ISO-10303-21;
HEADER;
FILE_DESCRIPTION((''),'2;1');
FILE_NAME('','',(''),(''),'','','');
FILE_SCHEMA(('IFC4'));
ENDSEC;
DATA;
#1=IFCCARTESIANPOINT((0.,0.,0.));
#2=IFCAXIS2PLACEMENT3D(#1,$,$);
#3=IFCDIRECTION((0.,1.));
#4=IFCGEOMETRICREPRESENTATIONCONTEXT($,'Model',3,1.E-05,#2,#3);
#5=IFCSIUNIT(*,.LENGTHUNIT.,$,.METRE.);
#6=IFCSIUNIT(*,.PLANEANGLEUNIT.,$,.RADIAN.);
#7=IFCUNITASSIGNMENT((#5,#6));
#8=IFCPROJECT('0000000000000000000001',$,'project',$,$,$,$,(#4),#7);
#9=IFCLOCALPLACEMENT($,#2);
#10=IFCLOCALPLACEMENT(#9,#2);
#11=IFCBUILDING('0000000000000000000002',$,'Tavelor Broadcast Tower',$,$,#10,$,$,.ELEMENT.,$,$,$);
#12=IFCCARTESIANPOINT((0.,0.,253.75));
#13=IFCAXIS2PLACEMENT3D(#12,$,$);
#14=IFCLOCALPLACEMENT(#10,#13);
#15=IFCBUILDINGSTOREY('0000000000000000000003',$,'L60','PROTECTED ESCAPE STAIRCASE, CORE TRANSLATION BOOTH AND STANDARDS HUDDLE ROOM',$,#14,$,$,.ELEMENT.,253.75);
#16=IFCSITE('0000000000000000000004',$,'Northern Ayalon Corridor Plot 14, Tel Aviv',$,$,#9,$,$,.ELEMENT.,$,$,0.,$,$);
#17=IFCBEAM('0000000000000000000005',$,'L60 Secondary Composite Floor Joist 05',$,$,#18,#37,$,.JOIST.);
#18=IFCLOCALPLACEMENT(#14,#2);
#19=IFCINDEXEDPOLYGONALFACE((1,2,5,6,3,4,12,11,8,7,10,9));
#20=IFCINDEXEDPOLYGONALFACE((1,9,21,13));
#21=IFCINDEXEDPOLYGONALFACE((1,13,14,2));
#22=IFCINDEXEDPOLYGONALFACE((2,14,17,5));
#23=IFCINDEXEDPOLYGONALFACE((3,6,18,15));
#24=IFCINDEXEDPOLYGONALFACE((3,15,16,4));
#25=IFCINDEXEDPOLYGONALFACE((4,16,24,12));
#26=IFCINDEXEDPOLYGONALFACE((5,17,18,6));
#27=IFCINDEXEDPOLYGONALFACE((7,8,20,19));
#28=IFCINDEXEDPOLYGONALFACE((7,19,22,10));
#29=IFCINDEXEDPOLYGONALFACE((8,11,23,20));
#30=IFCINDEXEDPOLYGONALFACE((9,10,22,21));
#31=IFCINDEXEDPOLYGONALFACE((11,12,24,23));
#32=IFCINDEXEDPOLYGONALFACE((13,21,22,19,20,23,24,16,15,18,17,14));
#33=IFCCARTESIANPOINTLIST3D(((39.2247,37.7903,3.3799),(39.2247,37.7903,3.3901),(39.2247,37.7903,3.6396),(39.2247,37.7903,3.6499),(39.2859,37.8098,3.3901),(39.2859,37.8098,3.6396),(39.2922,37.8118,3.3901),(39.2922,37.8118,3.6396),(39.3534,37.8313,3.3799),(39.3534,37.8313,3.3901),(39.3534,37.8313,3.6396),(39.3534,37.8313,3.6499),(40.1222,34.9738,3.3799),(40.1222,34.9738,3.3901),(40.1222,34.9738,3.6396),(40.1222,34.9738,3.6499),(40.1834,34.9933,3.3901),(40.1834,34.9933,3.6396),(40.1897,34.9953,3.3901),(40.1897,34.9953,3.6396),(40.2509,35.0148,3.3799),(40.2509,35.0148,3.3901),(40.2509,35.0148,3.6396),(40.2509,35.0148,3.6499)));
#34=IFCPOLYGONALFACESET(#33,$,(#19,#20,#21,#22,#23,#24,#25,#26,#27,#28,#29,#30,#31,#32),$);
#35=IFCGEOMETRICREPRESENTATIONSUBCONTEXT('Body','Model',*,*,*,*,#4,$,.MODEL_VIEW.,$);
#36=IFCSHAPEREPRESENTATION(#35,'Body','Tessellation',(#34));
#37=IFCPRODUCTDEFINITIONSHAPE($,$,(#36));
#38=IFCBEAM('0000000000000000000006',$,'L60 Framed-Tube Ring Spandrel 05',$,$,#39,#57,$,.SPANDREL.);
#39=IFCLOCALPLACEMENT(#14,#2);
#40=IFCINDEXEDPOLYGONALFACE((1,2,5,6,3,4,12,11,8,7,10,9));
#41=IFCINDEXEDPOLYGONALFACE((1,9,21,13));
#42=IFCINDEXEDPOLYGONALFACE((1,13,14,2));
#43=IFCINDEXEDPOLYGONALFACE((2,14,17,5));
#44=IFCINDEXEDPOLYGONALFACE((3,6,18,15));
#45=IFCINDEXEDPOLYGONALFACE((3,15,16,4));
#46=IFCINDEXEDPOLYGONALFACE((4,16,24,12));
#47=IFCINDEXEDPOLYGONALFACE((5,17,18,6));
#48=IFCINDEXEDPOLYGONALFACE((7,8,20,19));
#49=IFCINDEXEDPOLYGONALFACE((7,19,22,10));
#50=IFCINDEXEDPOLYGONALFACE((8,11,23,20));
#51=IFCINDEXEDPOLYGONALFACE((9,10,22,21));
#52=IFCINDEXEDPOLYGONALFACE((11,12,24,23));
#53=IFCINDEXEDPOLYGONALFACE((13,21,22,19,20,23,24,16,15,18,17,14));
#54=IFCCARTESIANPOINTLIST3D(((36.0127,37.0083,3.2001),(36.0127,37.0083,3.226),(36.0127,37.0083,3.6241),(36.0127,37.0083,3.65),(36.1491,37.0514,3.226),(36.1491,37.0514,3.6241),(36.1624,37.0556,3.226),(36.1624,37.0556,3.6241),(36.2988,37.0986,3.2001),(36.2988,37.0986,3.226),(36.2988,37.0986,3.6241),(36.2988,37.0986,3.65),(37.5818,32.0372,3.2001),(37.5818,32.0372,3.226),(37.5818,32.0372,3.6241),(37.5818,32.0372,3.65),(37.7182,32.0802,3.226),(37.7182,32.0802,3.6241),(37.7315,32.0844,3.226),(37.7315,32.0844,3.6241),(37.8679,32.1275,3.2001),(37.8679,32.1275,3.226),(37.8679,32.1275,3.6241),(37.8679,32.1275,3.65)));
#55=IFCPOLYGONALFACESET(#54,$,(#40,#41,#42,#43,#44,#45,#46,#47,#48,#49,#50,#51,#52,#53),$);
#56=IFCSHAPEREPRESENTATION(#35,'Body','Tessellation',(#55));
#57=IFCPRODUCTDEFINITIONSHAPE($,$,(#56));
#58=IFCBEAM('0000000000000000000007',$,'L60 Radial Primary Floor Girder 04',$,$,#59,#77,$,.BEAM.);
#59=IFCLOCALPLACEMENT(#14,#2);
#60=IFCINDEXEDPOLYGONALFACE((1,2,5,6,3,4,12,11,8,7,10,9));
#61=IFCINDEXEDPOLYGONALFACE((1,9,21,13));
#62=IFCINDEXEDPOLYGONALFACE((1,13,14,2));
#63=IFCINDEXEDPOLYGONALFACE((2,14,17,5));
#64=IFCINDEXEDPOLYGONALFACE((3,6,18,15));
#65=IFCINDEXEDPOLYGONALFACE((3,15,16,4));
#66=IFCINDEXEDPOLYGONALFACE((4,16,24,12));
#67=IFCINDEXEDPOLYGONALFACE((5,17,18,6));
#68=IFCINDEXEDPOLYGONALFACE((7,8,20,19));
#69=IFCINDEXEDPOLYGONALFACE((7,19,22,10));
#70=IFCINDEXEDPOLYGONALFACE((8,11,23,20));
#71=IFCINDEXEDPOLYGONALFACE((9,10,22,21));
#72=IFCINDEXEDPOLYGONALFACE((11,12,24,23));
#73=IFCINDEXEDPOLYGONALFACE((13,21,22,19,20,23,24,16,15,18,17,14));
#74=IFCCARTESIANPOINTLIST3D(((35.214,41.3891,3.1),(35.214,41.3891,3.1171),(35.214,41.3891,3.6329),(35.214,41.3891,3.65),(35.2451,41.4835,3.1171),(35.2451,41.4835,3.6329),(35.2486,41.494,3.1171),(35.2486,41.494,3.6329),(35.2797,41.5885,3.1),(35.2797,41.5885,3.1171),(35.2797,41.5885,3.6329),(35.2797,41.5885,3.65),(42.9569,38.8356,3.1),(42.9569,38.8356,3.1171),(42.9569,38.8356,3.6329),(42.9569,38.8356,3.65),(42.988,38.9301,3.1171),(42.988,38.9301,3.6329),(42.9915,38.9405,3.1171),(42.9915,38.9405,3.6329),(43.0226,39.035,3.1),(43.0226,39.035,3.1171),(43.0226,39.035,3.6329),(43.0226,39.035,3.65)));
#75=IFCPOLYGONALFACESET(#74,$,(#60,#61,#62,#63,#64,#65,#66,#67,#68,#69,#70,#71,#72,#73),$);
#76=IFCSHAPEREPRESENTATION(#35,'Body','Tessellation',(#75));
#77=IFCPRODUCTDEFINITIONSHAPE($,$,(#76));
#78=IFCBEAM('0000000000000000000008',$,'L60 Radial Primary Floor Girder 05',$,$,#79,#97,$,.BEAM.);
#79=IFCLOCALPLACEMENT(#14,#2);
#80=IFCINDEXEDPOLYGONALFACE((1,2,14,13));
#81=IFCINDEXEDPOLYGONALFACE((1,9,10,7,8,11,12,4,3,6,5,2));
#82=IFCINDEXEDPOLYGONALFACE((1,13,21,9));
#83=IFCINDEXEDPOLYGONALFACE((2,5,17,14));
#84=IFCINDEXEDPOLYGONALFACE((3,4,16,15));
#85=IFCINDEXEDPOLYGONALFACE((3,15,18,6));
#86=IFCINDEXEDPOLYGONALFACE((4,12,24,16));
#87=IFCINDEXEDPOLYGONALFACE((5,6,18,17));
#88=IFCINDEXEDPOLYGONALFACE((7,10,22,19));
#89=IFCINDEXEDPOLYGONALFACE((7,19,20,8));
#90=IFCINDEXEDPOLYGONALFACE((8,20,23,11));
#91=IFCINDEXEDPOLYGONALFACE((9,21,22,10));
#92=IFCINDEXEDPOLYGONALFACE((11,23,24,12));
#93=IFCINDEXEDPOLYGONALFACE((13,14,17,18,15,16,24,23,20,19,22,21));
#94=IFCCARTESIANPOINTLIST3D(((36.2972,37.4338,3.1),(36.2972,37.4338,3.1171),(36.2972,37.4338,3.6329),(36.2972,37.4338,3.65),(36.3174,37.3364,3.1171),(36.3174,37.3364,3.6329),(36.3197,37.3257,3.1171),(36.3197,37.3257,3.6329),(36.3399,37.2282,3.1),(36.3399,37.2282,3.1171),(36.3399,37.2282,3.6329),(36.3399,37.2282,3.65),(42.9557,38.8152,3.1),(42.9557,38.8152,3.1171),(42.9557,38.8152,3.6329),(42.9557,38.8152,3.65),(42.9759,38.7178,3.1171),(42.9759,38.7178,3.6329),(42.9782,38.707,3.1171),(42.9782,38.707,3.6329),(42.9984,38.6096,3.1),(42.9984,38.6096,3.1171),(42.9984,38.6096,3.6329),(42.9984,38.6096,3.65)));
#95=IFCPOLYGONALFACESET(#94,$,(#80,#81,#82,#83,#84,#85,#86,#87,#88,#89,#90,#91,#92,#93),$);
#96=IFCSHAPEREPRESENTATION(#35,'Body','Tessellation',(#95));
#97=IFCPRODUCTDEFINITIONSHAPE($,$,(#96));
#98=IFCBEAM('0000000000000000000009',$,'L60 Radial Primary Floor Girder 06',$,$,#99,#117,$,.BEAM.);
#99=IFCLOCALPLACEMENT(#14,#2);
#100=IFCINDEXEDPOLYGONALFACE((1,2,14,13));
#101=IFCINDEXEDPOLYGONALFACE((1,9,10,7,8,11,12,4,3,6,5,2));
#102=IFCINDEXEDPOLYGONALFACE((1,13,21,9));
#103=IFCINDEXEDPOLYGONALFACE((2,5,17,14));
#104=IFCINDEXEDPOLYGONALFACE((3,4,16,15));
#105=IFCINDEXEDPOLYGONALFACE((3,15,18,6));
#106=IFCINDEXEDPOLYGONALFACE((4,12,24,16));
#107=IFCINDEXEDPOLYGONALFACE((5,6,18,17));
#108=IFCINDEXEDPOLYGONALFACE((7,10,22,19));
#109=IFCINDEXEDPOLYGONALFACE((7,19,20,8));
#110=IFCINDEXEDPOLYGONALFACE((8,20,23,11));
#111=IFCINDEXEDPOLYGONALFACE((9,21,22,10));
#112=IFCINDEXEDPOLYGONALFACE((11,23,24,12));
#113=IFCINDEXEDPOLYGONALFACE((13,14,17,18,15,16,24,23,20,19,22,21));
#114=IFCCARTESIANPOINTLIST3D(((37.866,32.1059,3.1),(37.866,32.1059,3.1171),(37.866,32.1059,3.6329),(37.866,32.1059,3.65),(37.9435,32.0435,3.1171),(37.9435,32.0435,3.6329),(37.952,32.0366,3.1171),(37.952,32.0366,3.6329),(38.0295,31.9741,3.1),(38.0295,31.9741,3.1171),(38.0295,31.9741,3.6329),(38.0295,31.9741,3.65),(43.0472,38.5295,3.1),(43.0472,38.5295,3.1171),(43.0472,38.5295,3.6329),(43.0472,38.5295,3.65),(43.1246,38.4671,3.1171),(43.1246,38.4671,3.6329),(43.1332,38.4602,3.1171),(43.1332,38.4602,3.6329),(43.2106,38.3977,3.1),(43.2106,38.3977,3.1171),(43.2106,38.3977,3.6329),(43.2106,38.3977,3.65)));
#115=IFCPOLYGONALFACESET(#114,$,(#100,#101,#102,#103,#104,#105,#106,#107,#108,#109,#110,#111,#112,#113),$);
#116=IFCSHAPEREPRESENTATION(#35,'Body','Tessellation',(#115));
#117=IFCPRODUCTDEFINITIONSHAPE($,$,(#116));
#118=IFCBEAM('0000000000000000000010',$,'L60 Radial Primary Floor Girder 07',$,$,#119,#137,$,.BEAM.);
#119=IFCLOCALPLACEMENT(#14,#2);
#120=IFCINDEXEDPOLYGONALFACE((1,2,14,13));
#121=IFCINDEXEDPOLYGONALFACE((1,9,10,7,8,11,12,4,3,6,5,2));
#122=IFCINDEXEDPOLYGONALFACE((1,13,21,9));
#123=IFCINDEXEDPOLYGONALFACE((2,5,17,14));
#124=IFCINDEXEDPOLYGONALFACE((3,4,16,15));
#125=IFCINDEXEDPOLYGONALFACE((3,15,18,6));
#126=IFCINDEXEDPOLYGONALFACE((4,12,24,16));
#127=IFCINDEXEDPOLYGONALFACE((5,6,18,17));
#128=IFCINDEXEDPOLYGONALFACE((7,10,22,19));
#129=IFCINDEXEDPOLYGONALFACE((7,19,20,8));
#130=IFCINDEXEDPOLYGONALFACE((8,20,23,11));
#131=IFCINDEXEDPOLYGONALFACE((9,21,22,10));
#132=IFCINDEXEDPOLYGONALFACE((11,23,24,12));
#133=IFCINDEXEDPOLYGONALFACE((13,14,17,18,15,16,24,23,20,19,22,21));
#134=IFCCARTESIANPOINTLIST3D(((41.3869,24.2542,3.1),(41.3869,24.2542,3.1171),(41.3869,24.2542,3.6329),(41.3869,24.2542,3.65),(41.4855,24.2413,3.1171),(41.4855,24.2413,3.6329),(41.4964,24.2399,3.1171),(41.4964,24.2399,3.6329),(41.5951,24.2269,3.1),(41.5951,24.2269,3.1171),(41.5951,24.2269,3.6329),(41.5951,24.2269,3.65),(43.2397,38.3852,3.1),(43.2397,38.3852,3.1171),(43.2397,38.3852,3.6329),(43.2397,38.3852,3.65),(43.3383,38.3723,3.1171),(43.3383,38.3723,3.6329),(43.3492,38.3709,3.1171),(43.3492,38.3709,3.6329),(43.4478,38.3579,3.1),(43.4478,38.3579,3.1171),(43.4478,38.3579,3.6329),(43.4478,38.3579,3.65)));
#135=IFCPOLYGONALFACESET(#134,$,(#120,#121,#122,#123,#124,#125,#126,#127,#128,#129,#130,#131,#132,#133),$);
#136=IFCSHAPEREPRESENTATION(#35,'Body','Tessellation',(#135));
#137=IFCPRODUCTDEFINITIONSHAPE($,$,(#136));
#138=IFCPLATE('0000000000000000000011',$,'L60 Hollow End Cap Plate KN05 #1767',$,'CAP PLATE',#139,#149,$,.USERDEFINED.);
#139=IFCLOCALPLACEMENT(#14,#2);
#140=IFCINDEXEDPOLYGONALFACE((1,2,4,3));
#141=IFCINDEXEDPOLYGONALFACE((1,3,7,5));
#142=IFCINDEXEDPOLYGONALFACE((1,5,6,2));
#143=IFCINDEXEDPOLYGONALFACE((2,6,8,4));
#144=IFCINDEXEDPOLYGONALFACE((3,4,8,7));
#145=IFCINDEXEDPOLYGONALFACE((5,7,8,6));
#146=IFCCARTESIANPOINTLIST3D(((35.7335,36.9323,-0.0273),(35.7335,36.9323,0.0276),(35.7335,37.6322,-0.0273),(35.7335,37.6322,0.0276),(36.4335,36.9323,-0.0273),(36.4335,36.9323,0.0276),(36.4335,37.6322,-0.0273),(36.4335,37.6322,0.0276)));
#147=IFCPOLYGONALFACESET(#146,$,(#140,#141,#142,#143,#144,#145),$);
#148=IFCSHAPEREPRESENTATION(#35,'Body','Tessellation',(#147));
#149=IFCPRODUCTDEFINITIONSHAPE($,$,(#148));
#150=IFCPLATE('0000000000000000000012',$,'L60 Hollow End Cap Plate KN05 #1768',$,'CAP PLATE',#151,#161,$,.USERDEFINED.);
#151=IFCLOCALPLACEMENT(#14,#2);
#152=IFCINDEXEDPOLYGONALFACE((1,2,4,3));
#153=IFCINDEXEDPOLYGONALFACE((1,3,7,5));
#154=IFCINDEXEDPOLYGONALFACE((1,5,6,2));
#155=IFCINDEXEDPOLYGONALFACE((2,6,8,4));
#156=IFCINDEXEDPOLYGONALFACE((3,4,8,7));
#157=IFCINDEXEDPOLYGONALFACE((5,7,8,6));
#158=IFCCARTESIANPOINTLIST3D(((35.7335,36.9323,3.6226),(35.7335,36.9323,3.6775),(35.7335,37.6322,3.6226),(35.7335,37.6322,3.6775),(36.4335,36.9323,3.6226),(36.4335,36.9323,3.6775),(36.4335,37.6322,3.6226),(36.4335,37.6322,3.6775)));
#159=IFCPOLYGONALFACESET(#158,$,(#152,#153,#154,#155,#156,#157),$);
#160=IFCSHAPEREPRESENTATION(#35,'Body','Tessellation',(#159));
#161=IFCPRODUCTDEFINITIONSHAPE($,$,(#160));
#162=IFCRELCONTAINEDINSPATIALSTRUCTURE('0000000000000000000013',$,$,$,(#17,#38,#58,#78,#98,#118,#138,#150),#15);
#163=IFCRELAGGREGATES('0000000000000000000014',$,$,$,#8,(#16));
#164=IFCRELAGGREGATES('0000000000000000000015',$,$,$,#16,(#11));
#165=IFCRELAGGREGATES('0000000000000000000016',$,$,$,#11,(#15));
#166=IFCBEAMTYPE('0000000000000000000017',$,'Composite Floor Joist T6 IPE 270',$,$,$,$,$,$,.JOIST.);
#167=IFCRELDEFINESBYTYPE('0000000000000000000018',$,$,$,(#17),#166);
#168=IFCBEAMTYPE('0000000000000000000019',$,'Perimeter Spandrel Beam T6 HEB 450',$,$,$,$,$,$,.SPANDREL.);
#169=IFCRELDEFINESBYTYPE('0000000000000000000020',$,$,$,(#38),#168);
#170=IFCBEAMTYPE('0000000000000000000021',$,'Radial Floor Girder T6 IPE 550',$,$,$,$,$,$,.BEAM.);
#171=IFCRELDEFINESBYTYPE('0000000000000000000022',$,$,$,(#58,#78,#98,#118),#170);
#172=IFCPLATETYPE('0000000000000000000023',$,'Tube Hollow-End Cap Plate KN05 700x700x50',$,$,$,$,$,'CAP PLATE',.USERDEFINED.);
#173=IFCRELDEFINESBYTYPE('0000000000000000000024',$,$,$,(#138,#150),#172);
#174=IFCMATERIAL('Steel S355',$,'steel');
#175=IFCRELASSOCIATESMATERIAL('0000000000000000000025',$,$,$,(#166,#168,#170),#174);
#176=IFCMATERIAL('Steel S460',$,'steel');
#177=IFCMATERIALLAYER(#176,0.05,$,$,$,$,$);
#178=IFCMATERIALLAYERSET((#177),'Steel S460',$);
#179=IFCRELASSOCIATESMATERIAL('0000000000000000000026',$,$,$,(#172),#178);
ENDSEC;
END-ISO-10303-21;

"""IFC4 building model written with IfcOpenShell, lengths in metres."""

from ifc_helpers import new_model, si_unit, direction, frame, origin, origin_2d, place, context, subcontext, project, spatial, rectangle, i_section, extrude, source, transform, mapped, material, layer, layer_set, material_profile, profile_set, type_object, type_shapes, element, save


model = new_model("IFC4")

# Units and contexts
model_context = context("Model", 3, precision=1e-05, world=origin(), true_north=direction((0.0, 1.0)))
body_context = subcontext(model_context, "Body", "Model", "MODEL_VIEW")
ifc_project = project(units=[si_unit("LENGTHUNIT", "METRE"), si_unit("PLANEANGLEUNIT", "RADIAN")], contexts=[model_context])

# Site, building, storey
site_placement = place(None, origin())
site = spatial("IfcSite", under=ifc_project, at=site_placement, Name="Northern Ayalon Corridor Plot 14, Tel Aviv", CompositionType="ELEMENT", RefElevation=0.0)
building_placement = place(site_placement, origin())
building = spatial("IfcBuilding", under=site, at=building_placement, Name="Tavelor Broadcast Tower", CompositionType="ELEMENT")
storey_placement = place(building_placement, frame((0.0, 0.0, 253.75)))
storey = spatial("IfcBuildingStorey", under=building, at=storey_placement, Name="L60", Description="PROTECTED ESCAPE STAIRCASE, CORE TRANSLATION BOOTH AND STANDARDS HUDDLE ROOM", CompositionType="ELEMENT", Elevation=253.75)

# Beams
ifc_material_1 = material(Name="Steel S355", Category="steel")
ifc_material_profile_1 = material_profile(ifc_material_1, i_section(OverallWidth=0.135, OverallDepth=0.27, WebThickness=0.0066, FlangeThickness=0.0103, at=origin_2d()), Name="IPE 270")
ifc_profile_set_1 = profile_set([ifc_material_profile_1], Name="Steel S355")
beam_type_1 = type_object("IfcBeamType", Name="Composite Floor Joist T6 IPE 270", PredefinedType="JOIST", material=ifc_profile_set_1)
beam_1_placement = place(storey_placement, frame((39.2891, 37.8108, 3.5149), z_axis=(0.303613, -0.952796, 0.0), x_axis=(0.952796, 0.303613, 0.0)))
element("IfcBeam", 1, at=beam_1_placement, inside=storey, type_object=beam_type_1, Name="L60 Secondary Composite Floor Joist 05", PredefinedType="JOIST", context=body_context, shape_type="SweptSolid", body=[
    extrude(i_section(OverallWidth=0.135, OverallDepth=0.27, WebThickness=0.0066, FlangeThickness=0.0103, at=origin_2d()), origin(), (0.0, 0.0, 1.0), 2.9561),
])
ifc_material_profile_2 = material_profile(ifc_material_1, i_section(OverallWidth=0.3, OverallDepth=0.45, WebThickness=0.0139, FlangeThickness=0.0259, at=origin_2d()), Name="HEB 450")
ifc_profile_set_2 = profile_set([ifc_material_profile_2], Name="Steel S355")
beam_type_2 = type_object("IfcBeamType", Name="Perimeter Spandrel Beam T6 HEB 450", PredefinedType="SPANDREL", material=ifc_profile_set_2)
beam_2_placement = place(storey_placement, frame((36.1558, 37.0535, 3.425), z_axis=(0.300999, -0.953624, 0.0), x_axis=(0.953624, 0.300999, 0.0)))
element("IfcBeam", 2, at=beam_2_placement, inside=storey, type_object=beam_type_2, Name="L60 Framed-Tube Ring Spandrel 05", PredefinedType="SPANDREL", context=body_context, shape_type="SweptSolid", body=[
    extrude(i_section(OverallWidth=0.3, OverallDepth=0.45, WebThickness=0.0139, FlangeThickness=0.0259, at=origin_2d()), origin(), (0.0, 0.0, 1.0), 5.2129),
])
ifc_material_profile_3 = material_profile(ifc_material_1, i_section(OverallWidth=0.21, OverallDepth=0.55, WebThickness=0.011, FlangeThickness=0.0171, at=origin_2d()), Name="IPE 550")
ifc_profile_set_3 = profile_set([ifc_material_profile_3], Name="Steel S355")
beam_type_3 = type_object("IfcBeamType", Name="Radial Floor Girder T6 IPE 550", PredefinedType="BEAM", material=ifc_profile_set_3)
beam_3_placement = place(storey_placement, frame((42.9897, 38.9353, 3.375), z_axis=(-0.949691, 0.31319, 0.0), x_axis=(-0.31319, -0.949691, 0.0)))
element("IfcBeam", 3, at=beam_3_placement, inside=storey, type_object=beam_type_3, Name="L60 Radial Primary Floor Girder 04", PredefinedType="BEAM", context=body_context, shape_type="SweptSolid", body=[
    extrude(i_section(OverallWidth=0.21, OverallDepth=0.55, WebThickness=0.011, FlangeThickness=0.0171, at=origin_2d()), origin(), (0.0, 0.0, 1.0), 8.1531),
])
beam_4_placement = place(storey_placement, frame((42.9771, 38.7124, 3.375), z_axis=(-0.979151, -0.203133, 0.0), x_axis=(0.203133, -0.979151, 0.0)))
element("IfcBeam", 4, at=beam_4_placement, inside=storey, type_object=beam_type_3, Name="L60 Radial Primary Floor Girder 05", PredefinedType="BEAM", context=body_context, shape_type="SweptSolid", body=[
    extrude(i_section(OverallWidth=0.21, OverallDepth=0.55, WebThickness=0.011, FlangeThickness=0.0171, at=origin_2d()), origin(), (0.0, 0.0, 1.0), 6.8003),
])
beam_5_placement = place(storey_placement, frame((43.1289, 38.4636, 3.375), z_axis=(-0.627814, -0.778363, 0.0), x_axis=(0.778363, -0.627814, 0.0)))
element("IfcBeam", 5, at=beam_5_placement, inside=storey, type_object=beam_type_3, Name="L60 Radial Primary Floor Girder 06", PredefinedType="BEAM", context=body_context, shape_type="SweptSolid", body=[
    extrude(i_section(OverallWidth=0.21, OverallDepth=0.55, WebThickness=0.011, FlangeThickness=0.0171, at=origin_2d()), origin(), (0.0, 0.0, 1.0), 8.2527),
])
beam_6_placement = place(storey_placement, frame((43.3438, 38.3716, 3.375), z_axis=(-0.130001, -0.991514, 0.0), x_axis=(0.991514, -0.130001, 0.0)))
element("IfcBeam", 6, at=beam_6_placement, inside=storey, type_object=beam_type_3, Name="L60 Radial Primary Floor Girder 07", PredefinedType="BEAM", context=body_context, shape_type="SweptSolid", body=[
    extrude(i_section(OverallWidth=0.21, OverallDepth=0.55, WebThickness=0.011, FlangeThickness=0.0171, at=origin_2d()), origin(), (0.0, 0.0, 1.0), 14.252),
])

# Plates
ifc_material_2 = material(Name="Steel S460", Category="steel")
ifc_layer_1 = layer(ifc_material_2, 0.05)
ifc_layer_set_1 = layer_set([ifc_layer_1], Name="Steel S460")
plate_type = type_object("IfcPlateType", Name="Tube Hollow-End Cap Plate KN05 700x700x50", ElementType="CAP PLATE", PredefinedType="USERDEFINED", material=ifc_layer_set_1)
shared_shape = source(origin(), body_context, "Body", "SweptSolid", [
    extrude(rectangle(XDim=0.7, YDim=0.7, at=origin_2d()), origin(), (0.0, 0.0, 1.0), 0.0549),
])
type_shapes(plate_type, [shared_shape])
for number, where, z_axis, x_axis, name in (
    (7, (36.0835, 37.2822, -0.0273), (0.0, 0.0, 1.0), (1.0, 0.0, 0.0), "L60 Hollow End Cap Plate KN05 #1767"),
    (8, (36.0835, 37.2822, 3.6226), (0.0, 0.0, 1.0), (1.0, 0.0, 0.0), "L60 Hollow End Cap Plate KN05 #1768"),
):
    element("IfcPlate", number, at=place(storey_placement, frame(where, z_axis=z_axis, x_axis=x_axis)), inside=storey, type_object=plate_type, Name=name, ObjectType="CAP PLATE", PredefinedType="USERDEFINED", context=body_context, shape_type="MappedRepresentation", body=[
        mapped(shared_shape, transform((0.0, 0.0, 0.0), scale=1.0)),
    ])

save(model, "model.ifc")
